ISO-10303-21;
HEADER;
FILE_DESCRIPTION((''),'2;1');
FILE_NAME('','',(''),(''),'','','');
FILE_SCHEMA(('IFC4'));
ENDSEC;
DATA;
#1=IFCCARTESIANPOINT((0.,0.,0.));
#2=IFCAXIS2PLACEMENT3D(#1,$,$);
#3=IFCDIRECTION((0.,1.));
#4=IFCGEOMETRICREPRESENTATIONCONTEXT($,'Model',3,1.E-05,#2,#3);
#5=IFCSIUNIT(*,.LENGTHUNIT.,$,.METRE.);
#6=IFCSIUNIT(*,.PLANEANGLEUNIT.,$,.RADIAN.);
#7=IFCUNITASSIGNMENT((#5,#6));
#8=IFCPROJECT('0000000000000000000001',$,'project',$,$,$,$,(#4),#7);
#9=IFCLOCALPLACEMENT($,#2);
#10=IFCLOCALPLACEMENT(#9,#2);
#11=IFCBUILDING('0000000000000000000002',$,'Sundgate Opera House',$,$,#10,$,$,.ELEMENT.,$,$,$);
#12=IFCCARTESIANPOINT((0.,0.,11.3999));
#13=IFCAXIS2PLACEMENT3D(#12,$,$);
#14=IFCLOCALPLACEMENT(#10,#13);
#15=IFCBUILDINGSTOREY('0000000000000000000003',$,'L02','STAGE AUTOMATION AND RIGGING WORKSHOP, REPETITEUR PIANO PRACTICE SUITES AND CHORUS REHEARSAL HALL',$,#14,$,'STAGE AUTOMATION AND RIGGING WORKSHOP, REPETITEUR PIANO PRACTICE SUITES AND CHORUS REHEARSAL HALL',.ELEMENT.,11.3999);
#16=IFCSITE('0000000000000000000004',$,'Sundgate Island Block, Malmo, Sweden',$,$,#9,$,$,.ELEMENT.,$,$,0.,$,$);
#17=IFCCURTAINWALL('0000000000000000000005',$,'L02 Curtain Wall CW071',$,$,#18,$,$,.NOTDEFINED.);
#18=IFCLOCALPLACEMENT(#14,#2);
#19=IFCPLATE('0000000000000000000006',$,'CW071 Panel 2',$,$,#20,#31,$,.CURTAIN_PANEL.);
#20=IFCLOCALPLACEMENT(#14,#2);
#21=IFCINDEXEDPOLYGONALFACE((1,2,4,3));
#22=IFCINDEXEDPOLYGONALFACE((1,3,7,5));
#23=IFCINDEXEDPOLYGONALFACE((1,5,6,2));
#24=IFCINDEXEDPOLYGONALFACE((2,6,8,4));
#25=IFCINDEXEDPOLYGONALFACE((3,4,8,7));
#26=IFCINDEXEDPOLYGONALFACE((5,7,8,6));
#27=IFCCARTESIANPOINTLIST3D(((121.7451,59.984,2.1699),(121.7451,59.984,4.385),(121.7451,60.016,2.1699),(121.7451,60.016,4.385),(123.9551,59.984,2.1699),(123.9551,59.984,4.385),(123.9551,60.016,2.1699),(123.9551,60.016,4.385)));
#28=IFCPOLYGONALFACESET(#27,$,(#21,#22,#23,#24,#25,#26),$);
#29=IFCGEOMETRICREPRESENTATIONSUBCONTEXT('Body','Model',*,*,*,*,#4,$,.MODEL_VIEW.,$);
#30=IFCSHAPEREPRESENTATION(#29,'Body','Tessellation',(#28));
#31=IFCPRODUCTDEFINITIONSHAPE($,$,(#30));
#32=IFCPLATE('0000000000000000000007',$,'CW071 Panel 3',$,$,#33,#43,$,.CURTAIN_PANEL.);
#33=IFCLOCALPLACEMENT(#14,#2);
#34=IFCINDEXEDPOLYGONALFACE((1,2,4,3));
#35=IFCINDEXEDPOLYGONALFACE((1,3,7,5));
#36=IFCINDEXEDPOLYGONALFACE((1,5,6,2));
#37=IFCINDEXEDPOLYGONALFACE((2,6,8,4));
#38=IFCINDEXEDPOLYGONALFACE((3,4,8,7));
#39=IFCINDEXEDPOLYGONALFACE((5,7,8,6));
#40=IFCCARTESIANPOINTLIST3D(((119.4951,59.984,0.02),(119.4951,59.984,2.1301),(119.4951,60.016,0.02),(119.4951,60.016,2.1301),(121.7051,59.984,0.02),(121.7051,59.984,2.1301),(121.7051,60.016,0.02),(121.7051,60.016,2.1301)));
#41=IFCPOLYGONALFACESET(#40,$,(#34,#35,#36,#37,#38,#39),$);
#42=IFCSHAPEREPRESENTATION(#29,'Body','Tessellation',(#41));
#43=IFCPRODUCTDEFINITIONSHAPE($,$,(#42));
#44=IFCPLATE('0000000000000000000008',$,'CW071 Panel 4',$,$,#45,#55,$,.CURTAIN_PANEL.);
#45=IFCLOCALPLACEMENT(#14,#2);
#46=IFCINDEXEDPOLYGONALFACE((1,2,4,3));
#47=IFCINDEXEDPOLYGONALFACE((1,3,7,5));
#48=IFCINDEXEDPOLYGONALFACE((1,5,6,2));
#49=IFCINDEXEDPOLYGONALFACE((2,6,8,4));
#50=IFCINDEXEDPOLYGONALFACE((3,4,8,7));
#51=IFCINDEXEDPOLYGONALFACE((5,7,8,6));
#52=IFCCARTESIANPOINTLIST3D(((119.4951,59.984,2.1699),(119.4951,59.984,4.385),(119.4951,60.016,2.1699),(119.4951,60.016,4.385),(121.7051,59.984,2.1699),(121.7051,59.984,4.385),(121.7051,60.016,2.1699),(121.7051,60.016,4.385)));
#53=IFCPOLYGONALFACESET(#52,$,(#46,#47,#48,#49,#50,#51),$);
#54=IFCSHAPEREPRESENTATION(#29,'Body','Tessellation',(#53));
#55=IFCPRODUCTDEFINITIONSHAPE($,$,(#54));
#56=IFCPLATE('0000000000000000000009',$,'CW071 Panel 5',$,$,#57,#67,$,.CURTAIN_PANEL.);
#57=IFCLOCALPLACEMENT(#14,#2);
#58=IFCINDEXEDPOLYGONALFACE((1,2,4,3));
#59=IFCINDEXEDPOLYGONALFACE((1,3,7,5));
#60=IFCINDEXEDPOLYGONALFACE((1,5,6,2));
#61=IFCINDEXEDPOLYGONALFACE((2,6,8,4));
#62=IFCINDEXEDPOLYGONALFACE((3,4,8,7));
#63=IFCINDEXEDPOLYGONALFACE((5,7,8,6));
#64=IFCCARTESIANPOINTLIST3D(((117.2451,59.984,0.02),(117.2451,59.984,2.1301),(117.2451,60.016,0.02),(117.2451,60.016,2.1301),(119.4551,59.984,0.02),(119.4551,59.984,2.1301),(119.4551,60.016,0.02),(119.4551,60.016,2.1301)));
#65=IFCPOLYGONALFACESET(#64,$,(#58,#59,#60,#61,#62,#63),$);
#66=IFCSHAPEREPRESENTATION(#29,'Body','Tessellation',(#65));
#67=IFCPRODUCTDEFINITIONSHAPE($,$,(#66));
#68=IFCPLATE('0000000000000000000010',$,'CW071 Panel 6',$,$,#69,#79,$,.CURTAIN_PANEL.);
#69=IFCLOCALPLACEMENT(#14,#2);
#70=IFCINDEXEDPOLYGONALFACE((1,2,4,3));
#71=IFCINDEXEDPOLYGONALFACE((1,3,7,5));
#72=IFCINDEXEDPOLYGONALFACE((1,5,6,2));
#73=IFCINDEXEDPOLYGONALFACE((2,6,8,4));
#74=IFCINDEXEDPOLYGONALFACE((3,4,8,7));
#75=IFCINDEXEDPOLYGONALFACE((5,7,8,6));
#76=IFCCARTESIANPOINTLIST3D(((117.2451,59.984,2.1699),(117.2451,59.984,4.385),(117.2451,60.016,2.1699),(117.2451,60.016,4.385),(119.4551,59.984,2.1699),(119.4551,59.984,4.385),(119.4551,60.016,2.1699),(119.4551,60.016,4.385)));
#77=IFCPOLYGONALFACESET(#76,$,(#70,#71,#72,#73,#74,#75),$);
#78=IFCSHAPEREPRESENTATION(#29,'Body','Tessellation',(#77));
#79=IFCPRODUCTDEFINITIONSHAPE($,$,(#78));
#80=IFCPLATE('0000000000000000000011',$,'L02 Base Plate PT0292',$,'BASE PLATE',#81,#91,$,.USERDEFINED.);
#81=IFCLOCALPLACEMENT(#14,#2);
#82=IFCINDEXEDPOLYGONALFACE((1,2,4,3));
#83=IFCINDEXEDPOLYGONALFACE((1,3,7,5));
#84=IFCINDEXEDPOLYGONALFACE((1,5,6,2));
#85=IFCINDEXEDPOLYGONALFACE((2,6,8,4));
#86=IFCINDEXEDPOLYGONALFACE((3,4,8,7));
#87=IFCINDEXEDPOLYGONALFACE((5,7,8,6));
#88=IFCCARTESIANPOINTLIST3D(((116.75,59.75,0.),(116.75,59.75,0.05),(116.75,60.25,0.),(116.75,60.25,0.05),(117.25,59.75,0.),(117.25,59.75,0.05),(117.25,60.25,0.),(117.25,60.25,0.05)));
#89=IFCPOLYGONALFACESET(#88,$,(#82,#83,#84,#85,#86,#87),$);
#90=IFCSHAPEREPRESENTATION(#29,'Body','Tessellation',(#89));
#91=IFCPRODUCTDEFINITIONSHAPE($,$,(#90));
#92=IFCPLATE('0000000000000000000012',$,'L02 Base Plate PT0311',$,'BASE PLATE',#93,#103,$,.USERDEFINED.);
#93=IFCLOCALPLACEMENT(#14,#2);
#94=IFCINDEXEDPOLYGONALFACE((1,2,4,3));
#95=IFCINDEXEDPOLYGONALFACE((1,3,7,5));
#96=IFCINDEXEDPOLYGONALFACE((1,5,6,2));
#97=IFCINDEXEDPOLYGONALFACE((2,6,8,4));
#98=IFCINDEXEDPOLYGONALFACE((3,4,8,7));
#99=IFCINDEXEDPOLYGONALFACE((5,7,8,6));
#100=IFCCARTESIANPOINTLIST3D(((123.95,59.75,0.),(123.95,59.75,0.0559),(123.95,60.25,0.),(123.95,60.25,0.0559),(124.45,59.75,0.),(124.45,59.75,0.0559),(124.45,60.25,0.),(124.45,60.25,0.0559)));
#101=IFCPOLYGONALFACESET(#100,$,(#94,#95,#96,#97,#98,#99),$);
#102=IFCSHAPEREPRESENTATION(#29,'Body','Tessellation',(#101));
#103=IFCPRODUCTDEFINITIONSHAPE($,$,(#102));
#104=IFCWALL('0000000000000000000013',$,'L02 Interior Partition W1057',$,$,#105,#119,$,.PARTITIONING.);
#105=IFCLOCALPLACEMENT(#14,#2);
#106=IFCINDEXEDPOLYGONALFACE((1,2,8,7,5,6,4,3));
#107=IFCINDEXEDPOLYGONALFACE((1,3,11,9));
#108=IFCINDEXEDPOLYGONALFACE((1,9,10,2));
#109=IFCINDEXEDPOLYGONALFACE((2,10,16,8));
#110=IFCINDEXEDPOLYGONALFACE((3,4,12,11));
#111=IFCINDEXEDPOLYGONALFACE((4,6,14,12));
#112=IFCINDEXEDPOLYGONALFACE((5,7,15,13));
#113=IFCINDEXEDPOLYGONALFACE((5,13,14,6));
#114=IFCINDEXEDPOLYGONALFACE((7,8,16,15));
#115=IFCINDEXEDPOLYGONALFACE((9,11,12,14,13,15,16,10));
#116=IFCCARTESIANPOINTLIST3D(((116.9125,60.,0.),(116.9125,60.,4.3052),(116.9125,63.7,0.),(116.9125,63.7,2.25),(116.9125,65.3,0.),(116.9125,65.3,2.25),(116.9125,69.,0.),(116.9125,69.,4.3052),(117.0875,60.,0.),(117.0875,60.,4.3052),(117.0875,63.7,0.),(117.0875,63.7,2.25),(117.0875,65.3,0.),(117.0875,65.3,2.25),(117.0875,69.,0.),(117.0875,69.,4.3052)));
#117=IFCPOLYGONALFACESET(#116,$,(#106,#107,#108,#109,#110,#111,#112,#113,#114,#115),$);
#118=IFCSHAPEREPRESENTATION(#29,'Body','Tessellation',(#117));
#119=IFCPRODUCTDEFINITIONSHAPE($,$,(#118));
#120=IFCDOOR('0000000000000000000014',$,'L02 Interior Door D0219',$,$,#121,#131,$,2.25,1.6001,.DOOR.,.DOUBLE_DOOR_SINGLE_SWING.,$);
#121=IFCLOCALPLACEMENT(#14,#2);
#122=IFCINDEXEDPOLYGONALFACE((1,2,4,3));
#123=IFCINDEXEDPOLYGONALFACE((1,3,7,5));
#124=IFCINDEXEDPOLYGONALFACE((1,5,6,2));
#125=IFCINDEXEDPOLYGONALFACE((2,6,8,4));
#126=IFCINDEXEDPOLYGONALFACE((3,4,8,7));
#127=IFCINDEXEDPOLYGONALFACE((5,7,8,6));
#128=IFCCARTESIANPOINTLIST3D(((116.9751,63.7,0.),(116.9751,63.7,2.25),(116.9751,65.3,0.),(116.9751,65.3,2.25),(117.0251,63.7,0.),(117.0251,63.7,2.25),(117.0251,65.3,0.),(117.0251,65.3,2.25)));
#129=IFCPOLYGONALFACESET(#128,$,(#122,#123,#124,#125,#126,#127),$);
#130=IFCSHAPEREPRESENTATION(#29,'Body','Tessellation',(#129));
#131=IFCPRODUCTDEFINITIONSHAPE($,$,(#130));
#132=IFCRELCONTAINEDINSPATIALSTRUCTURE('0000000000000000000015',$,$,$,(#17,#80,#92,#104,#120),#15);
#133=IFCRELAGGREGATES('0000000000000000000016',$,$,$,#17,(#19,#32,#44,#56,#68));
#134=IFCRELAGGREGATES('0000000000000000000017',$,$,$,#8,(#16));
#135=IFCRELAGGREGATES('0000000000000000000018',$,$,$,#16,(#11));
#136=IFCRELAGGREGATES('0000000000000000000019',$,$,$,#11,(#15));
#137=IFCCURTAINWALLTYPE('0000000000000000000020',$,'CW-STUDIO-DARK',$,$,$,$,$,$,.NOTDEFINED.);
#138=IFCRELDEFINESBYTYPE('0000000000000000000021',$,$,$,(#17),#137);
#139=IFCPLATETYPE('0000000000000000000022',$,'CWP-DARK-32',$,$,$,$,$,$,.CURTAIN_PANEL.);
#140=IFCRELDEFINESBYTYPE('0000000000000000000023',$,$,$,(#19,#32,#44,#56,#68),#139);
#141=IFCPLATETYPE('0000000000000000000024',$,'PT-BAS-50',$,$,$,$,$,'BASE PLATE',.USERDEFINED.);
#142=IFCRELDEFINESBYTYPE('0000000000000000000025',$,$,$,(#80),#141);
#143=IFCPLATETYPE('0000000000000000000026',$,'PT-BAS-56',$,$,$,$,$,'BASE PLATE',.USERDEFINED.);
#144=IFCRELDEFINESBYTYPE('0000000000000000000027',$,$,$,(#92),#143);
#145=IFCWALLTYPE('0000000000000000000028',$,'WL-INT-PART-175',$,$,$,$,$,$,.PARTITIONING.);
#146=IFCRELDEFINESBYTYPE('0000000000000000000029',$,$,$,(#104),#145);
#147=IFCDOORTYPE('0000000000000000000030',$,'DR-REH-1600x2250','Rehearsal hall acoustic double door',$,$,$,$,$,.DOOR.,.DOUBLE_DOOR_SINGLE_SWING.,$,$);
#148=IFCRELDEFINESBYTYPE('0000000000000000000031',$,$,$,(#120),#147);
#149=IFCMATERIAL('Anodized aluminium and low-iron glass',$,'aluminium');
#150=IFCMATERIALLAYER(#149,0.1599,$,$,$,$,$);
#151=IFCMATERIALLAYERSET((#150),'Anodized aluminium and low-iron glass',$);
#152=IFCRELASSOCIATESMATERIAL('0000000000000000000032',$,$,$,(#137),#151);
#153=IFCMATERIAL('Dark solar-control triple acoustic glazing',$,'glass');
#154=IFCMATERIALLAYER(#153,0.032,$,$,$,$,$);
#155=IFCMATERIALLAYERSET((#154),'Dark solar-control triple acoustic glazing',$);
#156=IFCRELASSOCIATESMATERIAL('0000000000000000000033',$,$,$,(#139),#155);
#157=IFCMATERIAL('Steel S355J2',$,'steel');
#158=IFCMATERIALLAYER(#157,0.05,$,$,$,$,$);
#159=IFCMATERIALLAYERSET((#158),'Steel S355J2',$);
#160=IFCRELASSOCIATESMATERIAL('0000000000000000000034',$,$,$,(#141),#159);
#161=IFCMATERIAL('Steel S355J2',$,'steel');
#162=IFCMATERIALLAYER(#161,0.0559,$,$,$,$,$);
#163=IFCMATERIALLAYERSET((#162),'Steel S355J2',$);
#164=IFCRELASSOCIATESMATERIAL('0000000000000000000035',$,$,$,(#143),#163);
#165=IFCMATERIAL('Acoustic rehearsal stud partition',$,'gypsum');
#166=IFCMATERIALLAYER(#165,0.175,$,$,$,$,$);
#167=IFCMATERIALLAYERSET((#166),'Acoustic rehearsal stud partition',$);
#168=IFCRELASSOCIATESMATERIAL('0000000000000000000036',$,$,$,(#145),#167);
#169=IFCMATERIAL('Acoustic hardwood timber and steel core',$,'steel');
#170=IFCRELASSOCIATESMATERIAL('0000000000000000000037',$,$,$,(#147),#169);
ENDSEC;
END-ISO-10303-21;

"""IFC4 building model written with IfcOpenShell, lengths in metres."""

from ifc_helpers import new_model, si_unit, direction, frame, frame_2d, origin, origin_2d, place, context, subcontext, project, spatial, rectangle, extrude, material, layer, layer_set, type_object, element, fill, aggregate, save


model = new_model("IFC4")

# Units and contexts
model_context = context("Model", 3, precision=1e-05, world=origin(), true_north=direction((0.0, 1.0)))
body_context = subcontext(model_context, "Body", "Model", "MODEL_VIEW")
ifc_project = project(units=[si_unit("LENGTHUNIT", "METRE"), si_unit("PLANEANGLEUNIT", "RADIAN")], contexts=[model_context])

# Site, building, storey
site_placement = place(None, origin())
site = spatial("IfcSite", under=ifc_project, at=site_placement, Name="Sundgate Island Block, Malmo, Sweden", CompositionType="ELEMENT", RefElevation=0.0)
building_placement = place(site_placement, origin())
building = spatial("IfcBuilding", under=site, at=building_placement, Name="Sundgate Opera House", CompositionType="ELEMENT")
storey_placement = place(building_placement, frame((0.0, 0.0, 11.3999)))
storey = spatial("IfcBuildingStorey", under=building, at=storey_placement, Name="L02", Description="STAGE AUTOMATION AND RIGGING WORKSHOP, REPETITEUR PIANO PRACTICE SUITES AND CHORUS REHEARSAL HALL", LongName="STAGE AUTOMATION AND RIGGING WORKSHOP, REPETITEUR PIANO PRACTICE SUITES AND CHORUS REHEARSAL HALL", CompositionType="ELEMENT", Elevation=11.3999)

# Curtain wall
ifc_material_1 = material(Name="Anodized aluminium and low-iron glass", Category="aluminium")
ifc_layer_1 = layer(ifc_material_1, 0.1599)
ifc_layer_set_1 = layer_set([ifc_layer_1], Name="Anodized aluminium and low-iron glass")
curtain_wall_type = type_object("IfcCurtainWallType", Name="CW-STUDIO-DARK", PredefinedType="NOTDEFINED", material=ifc_layer_set_1)
curtain_wall_1_placement = place(storey_placement, origin())
curtain_wall_1 = element("IfcCurtainWall", 1, at=curtain_wall_1_placement, inside=storey, type_object=curtain_wall_type, Name="L02 Curtain Wall CW071", PredefinedType="NOTDEFINED")

# Plates
ifc_material_2 = material(Name="Dark solar-control triple acoustic glazing", Category="glass")
ifc_layer_2 = layer(ifc_material_2, 0.032)
ifc_layer_set_2 = layer_set([ifc_layer_2], Name="Dark solar-control triple acoustic glazing")
plate_type_1 = type_object("IfcPlateType", Name="CWP-DARK-32", PredefinedType="CURTAIN_PANEL", material=ifc_layer_set_2)
plate_1_placement = place(storey_placement, frame((122.8501, 60.0, 2.1699), z_axis=(0.0, 0.0, 1.0), x_axis=(-1.0, 0.0, 0.0)))
plate_1 = element("IfcPlate", 2, at=plate_1_placement, type_object=plate_type_1, Name="CW071 Panel 2", PredefinedType="CURTAIN_PANEL", context=body_context, shape_type="SweptSolid", body=[
    extrude(rectangle(XDim=2.21, YDim=0.032, at=origin_2d()), origin(), (0.0, 0.0, 1.0), 2.2151),
])
plate_2_placement = place(storey_placement, frame((120.6001, 60.0, 0.02), z_axis=(0.0, 0.0, 1.0), x_axis=(-1.0, 0.0, 0.0)))
plate_2 = element("IfcPlate", 3, at=plate_2_placement, type_object=plate_type_1, Name="CW071 Panel 3", PredefinedType="CURTAIN_PANEL", context=body_context, shape_type="SweptSolid", body=[
    extrude(rectangle(XDim=2.21, YDim=0.032, at=origin_2d()), origin(), (0.0, 0.0, 1.0), 2.1101),
])
plate_3_placement = place(storey_placement, frame((120.6001, 60.0, 2.1699), z_axis=(0.0, 0.0, 1.0), x_axis=(-1.0, 0.0, 0.0)))
plate_3 = element("IfcPlate", 4, at=plate_3_placement, type_object=plate_type_1, Name="CW071 Panel 4", PredefinedType="CURTAIN_PANEL", context=body_context, shape_type="SweptSolid", body=[
    extrude(rectangle(XDim=2.21, YDim=0.032, at=origin_2d()), origin(), (0.0, 0.0, 1.0), 2.2151),
])
plate_4_placement = place(storey_placement, frame((118.3501, 60.0, 0.02), z_axis=(0.0, 0.0, 1.0), x_axis=(-1.0, 0.0, 0.0)))
plate_4 = element("IfcPlate", 5, at=plate_4_placement, type_object=plate_type_1, Name="CW071 Panel 5", PredefinedType="CURTAIN_PANEL", context=body_context, shape_type="SweptSolid", body=[
    extrude(rectangle(XDim=2.21, YDim=0.032, at=origin_2d()), origin(), (0.0, 0.0, 1.0), 2.1101),
])
plate_5_placement = place(storey_placement, frame((118.3501, 60.0, 2.1699), z_axis=(0.0, 0.0, 1.0), x_axis=(-1.0, 0.0, 0.0)))
plate_5 = element("IfcPlate", 6, at=plate_5_placement, type_object=plate_type_1, Name="CW071 Panel 6", PredefinedType="CURTAIN_PANEL", context=body_context, shape_type="SweptSolid", body=[
    extrude(rectangle(XDim=2.21, YDim=0.032, at=origin_2d()), origin(), (0.0, 0.0, 1.0), 2.2151),
])
aggregate(curtain_wall_1, [plate_1, plate_2, plate_3, plate_4, plate_5])

# Plates
ifc_material_3 = material(Name="Steel S355J2", Category="steel")
ifc_layer_3 = layer(ifc_material_3, 0.05)
ifc_layer_set_3 = layer_set([ifc_layer_3], Name="Steel S355J2")
plate_type_2 = type_object("IfcPlateType", Name="PT-BAS-50", ElementType="BASE PLATE", PredefinedType="USERDEFINED", material=ifc_layer_set_3)
plate_6_placement = place(storey_placement, frame((117.0, 60.0, 0.0), z_axis=(0.0, 0.0, 1.0), x_axis=(1.0, 0.0, 0.0)))
element("IfcPlate", 7, at=plate_6_placement, inside=storey, type_object=plate_type_2, Name="L02 Base Plate PT0292", ObjectType="BASE PLATE", PredefinedType="USERDEFINED", context=body_context, shape_type="SweptSolid", body=[
    extrude(rectangle(XDim=0.5, YDim=0.5, at=origin_2d()), origin(), (0.0, 0.0, 1.0), 0.05),
])
ifc_material_4 = material(Name="Steel S355J2", Category="steel")
ifc_layer_4 = layer(ifc_material_4, 0.0559)
ifc_layer_set_4 = layer_set([ifc_layer_4], Name="Steel S355J2")
plate_type_3 = type_object("IfcPlateType", Name="PT-BAS-56", ElementType="BASE PLATE", PredefinedType="USERDEFINED", material=ifc_layer_set_4)
plate_7_placement = place(storey_placement, frame((124.2, 60.0, 0.0), z_axis=(0.0, 0.0, 1.0), x_axis=(1.0, 0.0, 0.0)))
element("IfcPlate", 8, at=plate_7_placement, inside=storey, type_object=plate_type_3, Name="L02 Base Plate PT0311", ObjectType="BASE PLATE", PredefinedType="USERDEFINED", context=body_context, shape_type="SweptSolid", body=[
    extrude(rectangle(XDim=0.5, YDim=0.5, at=origin_2d()), origin(), (0.0, 0.0, 1.0), 0.0559),
])

# Wall, opening, door
ifc_material_5 = material(Name="Acoustic rehearsal stud partition", Category="gypsum")
ifc_layer_5 = layer(ifc_material_5, 0.175)
ifc_layer_set_5 = layer_set([ifc_layer_5], Name="Acoustic rehearsal stud partition")
wall_type = type_object("IfcWallType", Name="WL-INT-PART-175", PredefinedType="PARTITIONING", material=ifc_layer_set_5)
wall_placement = place(storey_placement, frame((117.0, 60.0, 0.0), z_axis=(0.0, 0.0, 1.0), x_axis=(0.0, 1.0, 0.0)))
wall = element("IfcWall", 9, at=wall_placement, inside=storey, type_object=wall_type, Name="L02 Interior Partition W1057", PredefinedType="PARTITIONING", context=body_context, shape_type="SweptSolid", body=[
    extrude(rectangle(XDim=9.0, YDim=0.175, at=frame_2d((4.5, 0.0))), origin(), (0.0, 0.0, 1.0), 4.3052),
])
opening_placement = place(wall_placement, frame((3.7, 0.0, 0.0)))
opening = element("IfcOpeningElement", 10, at=opening_placement, cuts=wall, PredefinedType="OPENING", context=body_context, shape_type="SweptSolid", body=[
    extrude(rectangle(XDim=1.6001, YDim=2.25, at=frame_2d((0.8, 1.125))), frame((0.0, 0.0974, 0.0), z_axis=(0.0, -1.0, 0.0), x_axis=(1.0, 0.0, 0.0)), (0.0, 0.0, 1.0), 0.1951),
])
ifc_material_6 = material(Name="Acoustic hardwood timber and steel core", Category="steel")
door_type = type_object("IfcDoorType", Name="DR-REH-1600x2250", Description="Rehearsal hall acoustic double door", OperationType="DOUBLE_DOOR_SINGLE_SWING", PredefinedType="DOOR", material=ifc_material_6)
door_placement = place(opening_placement, origin())
door = element("IfcDoor", 11, at=door_placement, inside=storey, type_object=door_type, Name="L02 Interior Door D0219", OperationType="DOUBLE_DOOR_SINGLE_SWING", OverallHeight=2.25, OverallWidth=1.6001, PredefinedType="DOOR", context=body_context, shape_type="SweptSolid", body=[
    extrude(rectangle(XDim=1.6001, YDim=2.25, at=frame_2d((0.8, 1.125))), frame((0.0, 0.0249, 0.0), z_axis=(0.0, -1.0, 0.0), x_axis=(1.0, 0.0, 0.0)), (0.0, 0.0, 1.0), 0.05),
])
fill(opening, door)

save(model, "model.ifc")
